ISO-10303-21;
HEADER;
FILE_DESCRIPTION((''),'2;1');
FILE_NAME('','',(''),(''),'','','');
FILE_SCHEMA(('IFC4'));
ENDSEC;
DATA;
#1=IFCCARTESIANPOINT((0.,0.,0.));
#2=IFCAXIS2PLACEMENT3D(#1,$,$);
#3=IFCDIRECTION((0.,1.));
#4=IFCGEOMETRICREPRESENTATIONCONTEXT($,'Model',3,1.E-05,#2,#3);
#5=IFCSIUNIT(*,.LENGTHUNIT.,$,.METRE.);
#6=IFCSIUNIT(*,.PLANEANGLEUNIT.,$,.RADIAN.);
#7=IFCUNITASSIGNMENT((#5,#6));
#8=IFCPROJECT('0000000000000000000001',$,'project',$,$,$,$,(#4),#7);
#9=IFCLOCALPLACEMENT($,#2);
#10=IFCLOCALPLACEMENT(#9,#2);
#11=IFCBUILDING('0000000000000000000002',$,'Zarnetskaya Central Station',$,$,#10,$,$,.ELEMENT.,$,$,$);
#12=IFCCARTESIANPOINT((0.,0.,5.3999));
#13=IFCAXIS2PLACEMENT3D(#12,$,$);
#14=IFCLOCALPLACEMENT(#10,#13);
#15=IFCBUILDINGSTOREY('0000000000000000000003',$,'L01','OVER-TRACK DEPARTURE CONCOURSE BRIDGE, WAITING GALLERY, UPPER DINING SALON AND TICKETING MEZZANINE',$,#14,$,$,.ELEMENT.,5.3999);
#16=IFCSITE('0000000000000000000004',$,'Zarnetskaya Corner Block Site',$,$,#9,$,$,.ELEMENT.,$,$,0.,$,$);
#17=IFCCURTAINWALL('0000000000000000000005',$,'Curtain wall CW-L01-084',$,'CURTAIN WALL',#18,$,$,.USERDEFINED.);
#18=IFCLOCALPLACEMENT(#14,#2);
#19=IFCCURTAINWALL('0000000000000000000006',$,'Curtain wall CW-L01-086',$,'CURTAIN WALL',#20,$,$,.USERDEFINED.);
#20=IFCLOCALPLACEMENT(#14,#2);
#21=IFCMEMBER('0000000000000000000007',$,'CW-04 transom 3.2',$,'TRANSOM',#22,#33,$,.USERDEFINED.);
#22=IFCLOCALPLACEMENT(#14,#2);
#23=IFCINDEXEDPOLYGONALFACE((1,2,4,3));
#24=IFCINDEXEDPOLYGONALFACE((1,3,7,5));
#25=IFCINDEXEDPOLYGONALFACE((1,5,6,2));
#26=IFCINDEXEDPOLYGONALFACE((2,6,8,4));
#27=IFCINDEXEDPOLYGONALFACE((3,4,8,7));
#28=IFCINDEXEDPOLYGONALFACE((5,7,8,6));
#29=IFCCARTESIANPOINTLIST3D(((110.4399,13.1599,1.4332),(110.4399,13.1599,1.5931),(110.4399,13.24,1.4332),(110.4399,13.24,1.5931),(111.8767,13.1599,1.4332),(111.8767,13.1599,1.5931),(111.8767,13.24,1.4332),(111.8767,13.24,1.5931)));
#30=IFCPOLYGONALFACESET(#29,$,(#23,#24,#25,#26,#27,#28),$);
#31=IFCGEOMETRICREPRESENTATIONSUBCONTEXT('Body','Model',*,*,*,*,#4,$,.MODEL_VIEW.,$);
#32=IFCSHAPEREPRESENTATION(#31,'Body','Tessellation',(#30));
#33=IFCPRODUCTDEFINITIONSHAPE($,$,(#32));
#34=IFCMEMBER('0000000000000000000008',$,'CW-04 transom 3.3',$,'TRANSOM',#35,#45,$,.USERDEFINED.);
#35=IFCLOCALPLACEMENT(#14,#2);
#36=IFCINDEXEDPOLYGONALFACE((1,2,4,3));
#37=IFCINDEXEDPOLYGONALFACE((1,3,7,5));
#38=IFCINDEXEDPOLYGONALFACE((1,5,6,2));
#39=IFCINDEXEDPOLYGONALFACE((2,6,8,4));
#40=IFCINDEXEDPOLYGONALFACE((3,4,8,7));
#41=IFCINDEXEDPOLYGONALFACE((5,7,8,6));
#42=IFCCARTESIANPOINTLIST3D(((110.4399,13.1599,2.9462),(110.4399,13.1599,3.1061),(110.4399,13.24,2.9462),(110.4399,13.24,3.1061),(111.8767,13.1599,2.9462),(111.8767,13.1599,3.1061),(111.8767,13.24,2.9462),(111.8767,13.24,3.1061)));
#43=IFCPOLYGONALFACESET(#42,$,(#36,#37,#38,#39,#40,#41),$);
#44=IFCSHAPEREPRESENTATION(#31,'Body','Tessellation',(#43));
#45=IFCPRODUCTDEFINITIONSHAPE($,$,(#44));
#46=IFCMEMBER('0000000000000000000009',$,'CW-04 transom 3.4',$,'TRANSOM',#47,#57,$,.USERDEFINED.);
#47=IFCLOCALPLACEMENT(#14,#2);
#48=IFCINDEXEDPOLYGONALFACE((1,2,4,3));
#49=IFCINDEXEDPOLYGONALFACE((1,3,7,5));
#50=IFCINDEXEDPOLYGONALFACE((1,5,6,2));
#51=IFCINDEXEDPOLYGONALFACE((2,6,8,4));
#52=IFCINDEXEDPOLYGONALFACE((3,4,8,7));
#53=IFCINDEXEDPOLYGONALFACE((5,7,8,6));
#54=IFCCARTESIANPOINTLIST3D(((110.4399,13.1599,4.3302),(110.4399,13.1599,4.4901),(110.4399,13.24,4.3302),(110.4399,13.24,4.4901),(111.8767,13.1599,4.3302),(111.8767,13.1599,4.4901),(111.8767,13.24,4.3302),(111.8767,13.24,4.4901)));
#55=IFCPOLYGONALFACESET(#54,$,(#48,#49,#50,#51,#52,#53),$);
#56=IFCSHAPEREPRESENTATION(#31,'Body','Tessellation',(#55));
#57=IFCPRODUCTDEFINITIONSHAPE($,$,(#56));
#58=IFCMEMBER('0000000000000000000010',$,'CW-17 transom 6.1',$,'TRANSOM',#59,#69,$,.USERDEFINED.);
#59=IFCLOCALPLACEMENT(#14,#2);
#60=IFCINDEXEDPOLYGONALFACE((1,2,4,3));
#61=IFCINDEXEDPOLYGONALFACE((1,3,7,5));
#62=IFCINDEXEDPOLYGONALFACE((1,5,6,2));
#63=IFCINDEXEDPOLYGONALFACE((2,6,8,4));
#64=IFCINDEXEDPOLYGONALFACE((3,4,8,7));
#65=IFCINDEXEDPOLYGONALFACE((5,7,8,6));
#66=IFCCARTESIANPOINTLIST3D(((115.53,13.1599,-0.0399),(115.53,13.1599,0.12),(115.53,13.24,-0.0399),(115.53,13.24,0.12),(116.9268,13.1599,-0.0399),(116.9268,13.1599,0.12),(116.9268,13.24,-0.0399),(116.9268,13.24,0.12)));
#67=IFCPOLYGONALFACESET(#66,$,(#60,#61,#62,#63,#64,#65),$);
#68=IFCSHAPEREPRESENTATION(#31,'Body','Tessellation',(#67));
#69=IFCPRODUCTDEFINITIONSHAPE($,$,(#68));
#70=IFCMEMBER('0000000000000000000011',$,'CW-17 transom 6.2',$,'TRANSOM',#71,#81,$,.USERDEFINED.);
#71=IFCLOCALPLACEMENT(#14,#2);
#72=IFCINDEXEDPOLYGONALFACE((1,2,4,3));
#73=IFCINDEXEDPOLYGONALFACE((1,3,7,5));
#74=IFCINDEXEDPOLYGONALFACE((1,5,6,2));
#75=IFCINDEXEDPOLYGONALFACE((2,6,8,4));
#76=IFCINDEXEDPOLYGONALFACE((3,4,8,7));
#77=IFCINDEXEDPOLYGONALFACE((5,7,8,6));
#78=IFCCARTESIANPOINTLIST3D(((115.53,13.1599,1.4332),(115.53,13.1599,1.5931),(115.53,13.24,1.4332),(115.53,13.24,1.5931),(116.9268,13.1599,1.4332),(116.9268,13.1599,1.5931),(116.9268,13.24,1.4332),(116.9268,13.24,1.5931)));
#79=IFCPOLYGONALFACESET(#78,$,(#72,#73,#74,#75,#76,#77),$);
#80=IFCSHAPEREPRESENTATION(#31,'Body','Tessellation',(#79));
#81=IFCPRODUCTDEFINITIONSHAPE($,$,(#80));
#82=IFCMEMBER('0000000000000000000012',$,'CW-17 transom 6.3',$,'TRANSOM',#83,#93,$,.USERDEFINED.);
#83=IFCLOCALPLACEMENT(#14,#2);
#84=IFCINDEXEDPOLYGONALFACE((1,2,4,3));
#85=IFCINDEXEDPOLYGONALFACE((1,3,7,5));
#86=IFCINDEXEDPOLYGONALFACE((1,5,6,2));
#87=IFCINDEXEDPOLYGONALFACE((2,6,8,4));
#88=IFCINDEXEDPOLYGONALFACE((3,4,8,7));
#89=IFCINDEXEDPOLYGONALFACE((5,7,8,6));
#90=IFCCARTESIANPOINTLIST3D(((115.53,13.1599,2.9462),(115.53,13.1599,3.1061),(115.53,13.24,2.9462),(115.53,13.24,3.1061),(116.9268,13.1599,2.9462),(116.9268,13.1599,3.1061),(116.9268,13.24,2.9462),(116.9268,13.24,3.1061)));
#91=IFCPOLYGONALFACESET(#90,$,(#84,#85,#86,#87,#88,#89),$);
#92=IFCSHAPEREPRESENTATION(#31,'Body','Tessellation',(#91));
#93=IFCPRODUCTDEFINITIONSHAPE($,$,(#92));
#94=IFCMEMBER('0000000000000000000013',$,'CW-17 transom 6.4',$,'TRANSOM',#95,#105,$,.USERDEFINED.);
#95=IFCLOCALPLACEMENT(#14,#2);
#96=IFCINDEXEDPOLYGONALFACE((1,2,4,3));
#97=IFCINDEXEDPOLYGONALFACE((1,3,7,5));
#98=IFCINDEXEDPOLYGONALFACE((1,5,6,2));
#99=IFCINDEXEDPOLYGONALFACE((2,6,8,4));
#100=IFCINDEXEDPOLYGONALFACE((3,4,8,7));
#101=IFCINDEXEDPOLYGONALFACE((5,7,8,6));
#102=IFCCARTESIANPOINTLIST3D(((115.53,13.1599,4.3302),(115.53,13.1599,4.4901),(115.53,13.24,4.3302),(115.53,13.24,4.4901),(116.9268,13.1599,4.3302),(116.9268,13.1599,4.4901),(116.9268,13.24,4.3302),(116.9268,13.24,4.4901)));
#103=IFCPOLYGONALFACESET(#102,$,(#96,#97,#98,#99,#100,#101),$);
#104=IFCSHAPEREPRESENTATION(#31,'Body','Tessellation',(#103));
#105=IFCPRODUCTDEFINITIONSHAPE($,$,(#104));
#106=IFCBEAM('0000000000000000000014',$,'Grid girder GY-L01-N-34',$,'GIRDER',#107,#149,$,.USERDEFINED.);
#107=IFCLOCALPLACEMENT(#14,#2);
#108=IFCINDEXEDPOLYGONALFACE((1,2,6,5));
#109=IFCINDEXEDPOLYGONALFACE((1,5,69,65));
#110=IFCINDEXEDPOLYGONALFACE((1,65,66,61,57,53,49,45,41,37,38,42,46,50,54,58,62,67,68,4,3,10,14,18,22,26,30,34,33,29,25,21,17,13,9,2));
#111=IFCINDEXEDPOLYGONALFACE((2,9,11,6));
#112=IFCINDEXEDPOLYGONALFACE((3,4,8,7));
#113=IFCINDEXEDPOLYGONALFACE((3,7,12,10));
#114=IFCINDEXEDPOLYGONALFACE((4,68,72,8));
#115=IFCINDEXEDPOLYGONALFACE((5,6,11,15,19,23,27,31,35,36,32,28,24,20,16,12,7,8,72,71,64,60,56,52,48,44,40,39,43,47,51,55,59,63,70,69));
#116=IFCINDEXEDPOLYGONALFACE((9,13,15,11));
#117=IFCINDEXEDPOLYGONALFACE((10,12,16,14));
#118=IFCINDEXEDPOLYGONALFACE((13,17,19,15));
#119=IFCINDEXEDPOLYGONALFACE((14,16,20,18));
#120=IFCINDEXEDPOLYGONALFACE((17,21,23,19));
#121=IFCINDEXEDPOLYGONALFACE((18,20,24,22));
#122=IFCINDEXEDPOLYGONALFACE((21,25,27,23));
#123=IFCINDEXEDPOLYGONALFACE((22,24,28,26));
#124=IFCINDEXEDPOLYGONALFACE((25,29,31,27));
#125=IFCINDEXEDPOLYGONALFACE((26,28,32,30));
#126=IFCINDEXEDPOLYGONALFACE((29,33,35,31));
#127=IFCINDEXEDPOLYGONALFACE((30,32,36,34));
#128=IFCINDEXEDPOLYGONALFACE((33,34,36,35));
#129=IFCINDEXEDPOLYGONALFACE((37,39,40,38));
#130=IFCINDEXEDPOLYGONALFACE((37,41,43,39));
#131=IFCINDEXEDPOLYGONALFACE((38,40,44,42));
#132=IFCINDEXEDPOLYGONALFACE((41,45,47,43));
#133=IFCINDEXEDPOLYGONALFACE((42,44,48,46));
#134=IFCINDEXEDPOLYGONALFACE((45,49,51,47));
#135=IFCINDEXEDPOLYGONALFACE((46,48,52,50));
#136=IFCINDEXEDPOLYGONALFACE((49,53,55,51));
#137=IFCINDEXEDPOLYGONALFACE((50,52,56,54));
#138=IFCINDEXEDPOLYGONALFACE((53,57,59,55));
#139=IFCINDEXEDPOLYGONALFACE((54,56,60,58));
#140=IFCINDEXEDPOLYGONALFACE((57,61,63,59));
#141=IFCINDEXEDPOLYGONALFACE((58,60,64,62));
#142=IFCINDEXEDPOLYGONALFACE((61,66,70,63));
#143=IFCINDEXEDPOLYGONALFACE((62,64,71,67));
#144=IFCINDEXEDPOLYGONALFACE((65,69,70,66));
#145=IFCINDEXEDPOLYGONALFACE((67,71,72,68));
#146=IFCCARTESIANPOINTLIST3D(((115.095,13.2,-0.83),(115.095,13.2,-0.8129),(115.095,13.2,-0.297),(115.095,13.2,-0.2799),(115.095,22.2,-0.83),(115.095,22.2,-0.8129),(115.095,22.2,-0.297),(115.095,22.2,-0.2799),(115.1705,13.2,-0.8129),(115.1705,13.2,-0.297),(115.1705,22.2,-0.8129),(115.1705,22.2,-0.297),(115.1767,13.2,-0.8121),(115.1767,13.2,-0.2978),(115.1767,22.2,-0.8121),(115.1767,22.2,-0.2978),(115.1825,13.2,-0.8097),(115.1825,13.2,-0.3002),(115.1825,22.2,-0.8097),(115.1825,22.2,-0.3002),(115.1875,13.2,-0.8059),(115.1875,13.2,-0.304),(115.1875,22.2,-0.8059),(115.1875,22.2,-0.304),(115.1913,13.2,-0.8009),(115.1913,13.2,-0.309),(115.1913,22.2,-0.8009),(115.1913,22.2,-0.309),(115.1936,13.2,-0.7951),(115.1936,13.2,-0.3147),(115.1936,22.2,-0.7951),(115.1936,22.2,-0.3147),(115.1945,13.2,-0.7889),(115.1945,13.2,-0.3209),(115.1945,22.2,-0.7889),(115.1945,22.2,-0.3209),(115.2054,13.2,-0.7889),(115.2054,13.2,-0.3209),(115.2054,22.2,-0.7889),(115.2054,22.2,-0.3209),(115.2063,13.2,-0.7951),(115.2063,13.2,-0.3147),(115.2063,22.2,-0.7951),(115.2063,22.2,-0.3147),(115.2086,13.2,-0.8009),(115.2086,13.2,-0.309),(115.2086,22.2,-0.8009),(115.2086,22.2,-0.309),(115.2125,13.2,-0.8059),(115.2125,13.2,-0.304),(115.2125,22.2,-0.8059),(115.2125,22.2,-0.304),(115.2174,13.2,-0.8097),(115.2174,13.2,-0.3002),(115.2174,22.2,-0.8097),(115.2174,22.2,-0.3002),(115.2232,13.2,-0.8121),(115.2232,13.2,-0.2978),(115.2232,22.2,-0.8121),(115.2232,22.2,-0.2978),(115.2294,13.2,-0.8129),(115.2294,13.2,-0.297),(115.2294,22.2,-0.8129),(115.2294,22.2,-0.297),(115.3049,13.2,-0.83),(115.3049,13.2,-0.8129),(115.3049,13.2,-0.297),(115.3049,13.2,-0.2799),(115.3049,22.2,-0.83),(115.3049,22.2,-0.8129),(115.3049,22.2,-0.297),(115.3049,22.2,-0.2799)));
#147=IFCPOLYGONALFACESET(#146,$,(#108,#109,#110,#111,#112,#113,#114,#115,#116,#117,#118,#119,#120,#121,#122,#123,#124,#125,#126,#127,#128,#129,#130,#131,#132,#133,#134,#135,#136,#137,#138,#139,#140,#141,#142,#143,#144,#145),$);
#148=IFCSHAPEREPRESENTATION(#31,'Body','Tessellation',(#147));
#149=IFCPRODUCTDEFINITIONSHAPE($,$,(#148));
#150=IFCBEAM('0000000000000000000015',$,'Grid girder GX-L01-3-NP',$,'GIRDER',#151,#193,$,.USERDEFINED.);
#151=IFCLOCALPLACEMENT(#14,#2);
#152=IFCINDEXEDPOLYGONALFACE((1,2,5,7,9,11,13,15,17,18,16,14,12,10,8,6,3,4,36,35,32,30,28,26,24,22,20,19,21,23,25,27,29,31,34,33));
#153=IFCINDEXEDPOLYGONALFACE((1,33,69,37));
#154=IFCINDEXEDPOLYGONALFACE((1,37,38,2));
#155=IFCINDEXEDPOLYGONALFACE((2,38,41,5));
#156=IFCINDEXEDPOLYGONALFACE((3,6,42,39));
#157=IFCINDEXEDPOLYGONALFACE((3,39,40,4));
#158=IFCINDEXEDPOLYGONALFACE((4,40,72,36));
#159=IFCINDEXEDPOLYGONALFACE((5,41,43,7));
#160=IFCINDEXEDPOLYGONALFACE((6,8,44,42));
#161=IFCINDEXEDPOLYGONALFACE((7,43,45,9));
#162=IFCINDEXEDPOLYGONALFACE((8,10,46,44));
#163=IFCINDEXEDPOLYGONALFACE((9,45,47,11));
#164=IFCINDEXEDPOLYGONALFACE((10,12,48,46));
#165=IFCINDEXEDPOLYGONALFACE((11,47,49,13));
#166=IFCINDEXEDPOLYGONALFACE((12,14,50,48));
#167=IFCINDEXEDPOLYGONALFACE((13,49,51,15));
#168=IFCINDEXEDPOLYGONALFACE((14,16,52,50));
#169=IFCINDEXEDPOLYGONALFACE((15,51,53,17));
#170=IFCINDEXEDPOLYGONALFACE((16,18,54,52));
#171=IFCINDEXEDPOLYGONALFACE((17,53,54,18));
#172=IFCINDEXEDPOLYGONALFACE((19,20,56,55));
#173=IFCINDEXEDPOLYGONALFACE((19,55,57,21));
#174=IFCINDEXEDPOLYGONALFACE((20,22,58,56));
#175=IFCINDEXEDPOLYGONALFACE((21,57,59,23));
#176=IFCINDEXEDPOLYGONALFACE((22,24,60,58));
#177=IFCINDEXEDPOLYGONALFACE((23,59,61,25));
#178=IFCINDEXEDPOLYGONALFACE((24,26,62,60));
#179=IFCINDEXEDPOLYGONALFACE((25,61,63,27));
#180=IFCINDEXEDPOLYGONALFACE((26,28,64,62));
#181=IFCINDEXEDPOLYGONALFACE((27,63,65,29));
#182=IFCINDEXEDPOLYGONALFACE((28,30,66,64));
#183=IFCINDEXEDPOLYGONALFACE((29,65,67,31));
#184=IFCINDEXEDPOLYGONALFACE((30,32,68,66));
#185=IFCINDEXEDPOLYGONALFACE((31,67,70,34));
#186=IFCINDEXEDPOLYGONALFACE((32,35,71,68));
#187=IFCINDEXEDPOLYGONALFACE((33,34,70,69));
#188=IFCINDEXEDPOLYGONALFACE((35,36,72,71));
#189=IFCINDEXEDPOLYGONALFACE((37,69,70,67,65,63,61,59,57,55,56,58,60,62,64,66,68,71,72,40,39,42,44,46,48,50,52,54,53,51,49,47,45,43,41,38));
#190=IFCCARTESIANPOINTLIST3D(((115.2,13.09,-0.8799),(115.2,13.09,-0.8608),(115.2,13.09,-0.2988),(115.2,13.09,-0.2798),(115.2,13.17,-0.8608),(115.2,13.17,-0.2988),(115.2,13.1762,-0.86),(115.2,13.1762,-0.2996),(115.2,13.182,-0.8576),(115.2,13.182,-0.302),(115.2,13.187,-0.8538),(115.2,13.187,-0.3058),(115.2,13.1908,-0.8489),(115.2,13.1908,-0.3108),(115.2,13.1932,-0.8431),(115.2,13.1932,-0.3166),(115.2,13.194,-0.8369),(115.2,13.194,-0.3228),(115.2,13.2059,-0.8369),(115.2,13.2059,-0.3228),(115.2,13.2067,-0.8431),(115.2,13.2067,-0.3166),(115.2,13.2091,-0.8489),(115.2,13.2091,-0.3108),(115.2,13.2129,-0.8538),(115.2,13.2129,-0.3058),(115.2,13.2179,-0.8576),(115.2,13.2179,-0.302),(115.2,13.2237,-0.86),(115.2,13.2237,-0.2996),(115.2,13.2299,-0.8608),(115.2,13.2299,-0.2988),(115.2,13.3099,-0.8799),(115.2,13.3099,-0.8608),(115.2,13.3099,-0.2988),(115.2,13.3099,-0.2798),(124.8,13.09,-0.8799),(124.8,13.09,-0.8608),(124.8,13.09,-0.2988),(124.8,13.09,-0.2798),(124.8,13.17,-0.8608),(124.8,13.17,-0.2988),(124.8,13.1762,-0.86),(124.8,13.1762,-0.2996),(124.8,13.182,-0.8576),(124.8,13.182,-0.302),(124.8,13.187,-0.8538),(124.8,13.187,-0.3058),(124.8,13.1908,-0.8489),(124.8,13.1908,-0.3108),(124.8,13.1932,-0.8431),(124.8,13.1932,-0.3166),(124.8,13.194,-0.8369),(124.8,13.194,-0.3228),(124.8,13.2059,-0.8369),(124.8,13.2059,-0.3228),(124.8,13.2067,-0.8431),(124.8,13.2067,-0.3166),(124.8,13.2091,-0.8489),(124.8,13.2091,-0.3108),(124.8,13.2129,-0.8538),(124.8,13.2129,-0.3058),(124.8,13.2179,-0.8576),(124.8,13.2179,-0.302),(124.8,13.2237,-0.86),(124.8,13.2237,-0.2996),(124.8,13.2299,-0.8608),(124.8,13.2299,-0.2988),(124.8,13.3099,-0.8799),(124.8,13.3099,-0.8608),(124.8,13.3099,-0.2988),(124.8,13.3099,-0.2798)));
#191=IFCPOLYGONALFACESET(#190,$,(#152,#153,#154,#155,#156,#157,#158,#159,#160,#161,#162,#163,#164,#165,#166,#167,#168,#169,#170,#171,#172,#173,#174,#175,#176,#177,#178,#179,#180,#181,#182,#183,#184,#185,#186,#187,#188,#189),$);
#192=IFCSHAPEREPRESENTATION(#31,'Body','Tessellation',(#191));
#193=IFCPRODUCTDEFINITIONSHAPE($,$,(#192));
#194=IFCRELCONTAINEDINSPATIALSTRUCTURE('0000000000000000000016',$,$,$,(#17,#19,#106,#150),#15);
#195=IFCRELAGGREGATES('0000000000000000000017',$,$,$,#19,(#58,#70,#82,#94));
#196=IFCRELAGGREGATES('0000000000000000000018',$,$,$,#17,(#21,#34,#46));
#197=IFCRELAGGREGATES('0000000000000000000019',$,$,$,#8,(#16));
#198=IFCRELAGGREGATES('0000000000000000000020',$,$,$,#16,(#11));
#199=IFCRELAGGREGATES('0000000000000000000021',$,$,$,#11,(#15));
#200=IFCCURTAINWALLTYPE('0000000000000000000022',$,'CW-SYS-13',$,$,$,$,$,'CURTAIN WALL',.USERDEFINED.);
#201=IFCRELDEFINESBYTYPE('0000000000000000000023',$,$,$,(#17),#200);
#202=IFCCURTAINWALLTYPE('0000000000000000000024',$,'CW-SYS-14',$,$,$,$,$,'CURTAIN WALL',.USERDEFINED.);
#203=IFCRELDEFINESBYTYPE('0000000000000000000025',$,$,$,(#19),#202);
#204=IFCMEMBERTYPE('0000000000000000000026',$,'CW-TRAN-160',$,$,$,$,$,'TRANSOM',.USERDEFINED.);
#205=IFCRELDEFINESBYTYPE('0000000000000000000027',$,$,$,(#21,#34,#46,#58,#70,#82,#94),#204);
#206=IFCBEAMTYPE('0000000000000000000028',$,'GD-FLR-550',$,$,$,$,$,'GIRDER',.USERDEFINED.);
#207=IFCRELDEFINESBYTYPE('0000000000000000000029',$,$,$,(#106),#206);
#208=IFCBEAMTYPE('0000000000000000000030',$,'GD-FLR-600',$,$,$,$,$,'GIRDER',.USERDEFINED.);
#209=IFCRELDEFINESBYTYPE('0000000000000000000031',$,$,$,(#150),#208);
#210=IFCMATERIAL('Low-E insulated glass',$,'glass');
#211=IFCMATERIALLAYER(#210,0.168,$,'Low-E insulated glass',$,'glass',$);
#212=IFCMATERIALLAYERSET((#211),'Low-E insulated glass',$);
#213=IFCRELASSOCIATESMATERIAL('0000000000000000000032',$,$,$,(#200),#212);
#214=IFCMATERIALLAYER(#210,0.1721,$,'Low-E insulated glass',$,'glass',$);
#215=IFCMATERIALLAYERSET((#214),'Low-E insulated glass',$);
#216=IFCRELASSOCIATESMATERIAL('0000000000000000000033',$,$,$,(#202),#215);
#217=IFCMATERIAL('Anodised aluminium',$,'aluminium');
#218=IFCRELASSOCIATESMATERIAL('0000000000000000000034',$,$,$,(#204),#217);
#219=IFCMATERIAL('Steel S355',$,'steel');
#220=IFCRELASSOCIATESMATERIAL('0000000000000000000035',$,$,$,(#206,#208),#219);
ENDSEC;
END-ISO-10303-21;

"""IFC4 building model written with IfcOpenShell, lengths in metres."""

from ifc_helpers import new_model, si_unit, direction, frame, origin, origin_2d, place, context, subcontext, project, spatial, rectangle, i_section, extrude, material, layer, layer_set, material_profile, profile_set, type_object, element, aggregate, save


model = new_model("IFC4")

# Units and contexts
model_context = context("Model", 3, precision=1e-05, world=origin(), true_north=direction((0.0, 1.0)))
body_context = subcontext(model_context, "Body", "Model", "MODEL_VIEW")
ifc_project = project(units=[si_unit("LENGTHUNIT", "METRE"), si_unit("PLANEANGLEUNIT", "RADIAN")], contexts=[model_context])

# Site, building, storey
site_placement = place(None, origin())
site = spatial("IfcSite", under=ifc_project, at=site_placement, Name="Zarnetskaya Corner Block Site", CompositionType="ELEMENT", RefElevation=0.0)
building_placement = place(site_placement, origin())
building = spatial("IfcBuilding", under=site, at=building_placement, Name="Zarnetskaya Central Station", CompositionType="ELEMENT")
storey_placement = place(building_placement, frame((0.0, 0.0, 5.3999)))
storey = spatial("IfcBuildingStorey", under=building, at=storey_placement, Name="L01", Description="OVER-TRACK DEPARTURE CONCOURSE BRIDGE, WAITING GALLERY, UPPER DINING SALON AND TICKETING MEZZANINE", CompositionType="ELEMENT", Elevation=5.3999)

# Shared definitions
ifc_material_1 = material(Name="Steel S355", Category="steel")

# Curtain walls
ifc_material_2 = material(Name="Low-E insulated glass", Category="glass")
ifc_layer_1 = layer(ifc_material_2, 0.168, Name="Low-E insulated glass", Category="glass")
ifc_layer_set_1 = layer_set([ifc_layer_1], Name="Low-E insulated glass")
curtain_wall_type_1 = type_object("IfcCurtainWallType", Name="CW-SYS-13", ElementType="CURTAIN WALL", PredefinedType="USERDEFINED", material=ifc_layer_set_1)
curtain_wall_1_placement = place(storey_placement, origin())
curtain_wall_1 = element("IfcCurtainWall", 1, at=curtain_wall_1_placement, inside=storey, type_object=curtain_wall_type_1, Name="Curtain wall CW-L01-084", ObjectType="CURTAIN WALL", PredefinedType="USERDEFINED")
ifc_material_3 = material(Name="Anodised aluminium", Category="aluminium")
ifc_layer_2 = layer(ifc_material_2, 0.1721, Name="Low-E insulated glass", Category="glass")
ifc_layer_set_2 = layer_set([ifc_layer_2], Name="Low-E insulated glass")
curtain_wall_type_2 = type_object("IfcCurtainWallType", Name="CW-SYS-14", ElementType="CURTAIN WALL", PredefinedType="USERDEFINED", material=ifc_layer_set_2)
curtain_wall_2_placement = place(storey_placement, origin())
curtain_wall_2 = element("IfcCurtainWall", 2, at=curtain_wall_2_placement, inside=storey, type_object=curtain_wall_type_2, Name="Curtain wall CW-L01-086", ObjectType="CURTAIN WALL", PredefinedType="USERDEFINED")

# Members
ifc_material_profile_1 = material_profile(ifc_material_3, rectangle(XDim=0.0801, YDim=0.1599, at=origin_2d()), Name="ALU TRAN 80x160")
ifc_profile_set_1 = profile_set([ifc_material_profile_1], Name="Anodised aluminium")
member_type_1 = type_object("IfcMemberType", Name="CW-TRAN-160", ElementType="TRANSOM", PredefinedType="USERDEFINED", material=ifc_profile_set_1)
member_1_placement = place(storey_placement, frame((111.8767, 13.2, 1.5132), z_axis=(-1.0, 0.0, 0.0), x_axis=(0.0, -1.0, 0.0)))
member_1 = element("IfcMember", 3, at=member_1_placement, type_object=member_type_1, Name="CW-04 transom 3.2", ObjectType="TRANSOM", PredefinedType="USERDEFINED", context=body_context, shape_type="SweptSolid", body=[
    extrude(rectangle(XDim=0.0801, YDim=0.1599, at=origin_2d()), origin(), (0.0, 0.0, 1.0), 1.4368),
])
member_2_placement = place(storey_placement, frame((111.8767, 13.2, 3.0261), z_axis=(-1.0, 0.0, 0.0), x_axis=(0.0, -1.0, 0.0)))
member_2 = element("IfcMember", 4, at=member_2_placement, type_object=member_type_1, Name="CW-04 transom 3.3", ObjectType="TRANSOM", PredefinedType="USERDEFINED", context=body_context, shape_type="SweptSolid", body=[
    extrude(rectangle(XDim=0.0801, YDim=0.1599, at=origin_2d()), origin(), (0.0, 0.0, 1.0), 1.4368),
])
member_3_placement = place(storey_placement, frame((111.8767, 13.2, 4.4102), z_axis=(-1.0, 0.0, 0.0), x_axis=(0.0, -1.0, 0.0)))
member_3 = element("IfcMember", 5, at=member_3_placement, type_object=member_type_1, Name="CW-04 transom 3.4", ObjectType="TRANSOM", PredefinedType="USERDEFINED", context=body_context, shape_type="SweptSolid", body=[
    extrude(rectangle(XDim=0.0801, YDim=0.1599, at=origin_2d()), origin(), (0.0, 0.0, 1.0), 1.4368),
])
member_4_placement = place(storey_placement, frame((116.9268, 13.2, 0.04), z_axis=(-1.0, 0.0, 0.0), x_axis=(0.0, -1.0, 0.0)))
member_4 = element("IfcMember", 6, at=member_4_placement, type_object=member_type_1, Name="CW-17 transom 6.1", ObjectType="TRANSOM", PredefinedType="USERDEFINED", context=body_context, shape_type="SweptSolid", body=[
    extrude(rectangle(XDim=0.0801, YDim=0.1599, at=origin_2d()), origin(), (0.0, 0.0, 1.0), 1.3967),
])
member_5_placement = place(storey_placement, frame((116.9268, 13.2, 1.5132), z_axis=(-1.0, 0.0, 0.0), x_axis=(0.0, -1.0, 0.0)))
member_5 = element("IfcMember", 7, at=member_5_placement, type_object=member_type_1, Name="CW-17 transom 6.2", ObjectType="TRANSOM", PredefinedType="USERDEFINED", context=body_context, shape_type="SweptSolid", body=[
    extrude(rectangle(XDim=0.0801, YDim=0.1599, at=origin_2d()), origin(), (0.0, 0.0, 1.0), 1.3967),
])
member_6_placement = place(storey_placement, frame((116.9268, 13.2, 3.0261), z_axis=(-1.0, 0.0, 0.0), x_axis=(0.0, -1.0, 0.0)))
member_6 = element("IfcMember", 8, at=member_6_placement, type_object=member_type_1, Name="CW-17 transom 6.3", ObjectType="TRANSOM", PredefinedType="USERDEFINED", context=body_context, shape_type="SweptSolid", body=[
    extrude(rectangle(XDim=0.0801, YDim=0.1599, at=origin_2d()), origin(), (0.0, 0.0, 1.0), 1.3967),
])
member_7_placement = place(storey_placement, frame((116.9268, 13.2, 4.4102), z_axis=(-1.0, 0.0, 0.0), x_axis=(0.0, -1.0, 0.0)))
member_7 = element("IfcMember", 9, at=member_7_placement, type_object=member_type_1, Name="CW-17 transom 6.4", ObjectType="TRANSOM", PredefinedType="USERDEFINED", context=body_context, shape_type="SweptSolid", body=[
    extrude(rectangle(XDim=0.0801, YDim=0.1599, at=origin_2d()), origin(), (0.0, 0.0, 1.0), 1.3967),
])

# Beams
ifc_material_profile_2 = material_profile(ifc_material_1, i_section(OverallWidth=0.21, OverallDepth=0.55, WebThickness=0.011, FlangeThickness=0.0171, FilletRadius=0.0239, at=origin_2d()), Name="IPE 550")
ifc_profile_set_2 = profile_set([ifc_material_profile_2], Name="Steel S355")
beam_type_1 = type_object("IfcBeamType", Name="GD-FLR-550", ElementType="GIRDER", PredefinedType="USERDEFINED", material=ifc_profile_set_2)
beam_1_placement = place(storey_placement, frame((115.2, 13.2, -0.5549), z_axis=(0.0, 1.0, 0.0), x_axis=(-1.0, 0.0, 0.0)))
element("IfcBeam", 10, at=beam_1_placement, inside=storey, type_object=beam_type_1, Name="Grid girder GY-L01-N-34", ObjectType="GIRDER", PredefinedType="USERDEFINED", context=body_context, shape_type="SweptSolid", body=[
    extrude(i_section(OverallWidth=0.21, OverallDepth=0.55, WebThickness=0.011, FlangeThickness=0.0171, FilletRadius=0.0239, at=origin_2d()), origin(), (0.0, 0.0, 1.0), 9.0),
])
ifc_material_profile_3 = material_profile(ifc_material_1, i_section(OverallWidth=0.22, OverallDepth=0.6001, WebThickness=0.012, FlangeThickness=0.019, FilletRadius=0.0239, at=origin_2d()), Name="IPE 600")
ifc_profile_set_3 = profile_set([ifc_material_profile_3], Name="Steel S355")
beam_type_2 = type_object("IfcBeamType", Name="GD-FLR-600", ElementType="GIRDER", PredefinedType="USERDEFINED", material=ifc_profile_set_3)
beam_2_placement = place(storey_placement, frame((115.2, 13.2, -0.5798), z_axis=(1.0, 0.0, 0.0), x_axis=(0.0, 1.0, 0.0)))
element("IfcBeam", 11, at=beam_2_placement, inside=storey, type_object=beam_type_2, Name="Grid girder GX-L01-3-NP", ObjectType="GIRDER", PredefinedType="USERDEFINED", context=body_context, shape_type="SweptSolid", body=[
    extrude(i_section(OverallWidth=0.22, OverallDepth=0.6001, WebThickness=0.012, FlangeThickness=0.019, FilletRadius=0.0239, at=origin_2d()), origin(), (0.0, 0.0, 1.0), 9.6001),
])

aggregate(curtain_wall_2, [member_4, member_5, member_6, member_7])
aggregate(curtain_wall_1, [member_1, member_2, member_3])

save(model, "model.ifc")
